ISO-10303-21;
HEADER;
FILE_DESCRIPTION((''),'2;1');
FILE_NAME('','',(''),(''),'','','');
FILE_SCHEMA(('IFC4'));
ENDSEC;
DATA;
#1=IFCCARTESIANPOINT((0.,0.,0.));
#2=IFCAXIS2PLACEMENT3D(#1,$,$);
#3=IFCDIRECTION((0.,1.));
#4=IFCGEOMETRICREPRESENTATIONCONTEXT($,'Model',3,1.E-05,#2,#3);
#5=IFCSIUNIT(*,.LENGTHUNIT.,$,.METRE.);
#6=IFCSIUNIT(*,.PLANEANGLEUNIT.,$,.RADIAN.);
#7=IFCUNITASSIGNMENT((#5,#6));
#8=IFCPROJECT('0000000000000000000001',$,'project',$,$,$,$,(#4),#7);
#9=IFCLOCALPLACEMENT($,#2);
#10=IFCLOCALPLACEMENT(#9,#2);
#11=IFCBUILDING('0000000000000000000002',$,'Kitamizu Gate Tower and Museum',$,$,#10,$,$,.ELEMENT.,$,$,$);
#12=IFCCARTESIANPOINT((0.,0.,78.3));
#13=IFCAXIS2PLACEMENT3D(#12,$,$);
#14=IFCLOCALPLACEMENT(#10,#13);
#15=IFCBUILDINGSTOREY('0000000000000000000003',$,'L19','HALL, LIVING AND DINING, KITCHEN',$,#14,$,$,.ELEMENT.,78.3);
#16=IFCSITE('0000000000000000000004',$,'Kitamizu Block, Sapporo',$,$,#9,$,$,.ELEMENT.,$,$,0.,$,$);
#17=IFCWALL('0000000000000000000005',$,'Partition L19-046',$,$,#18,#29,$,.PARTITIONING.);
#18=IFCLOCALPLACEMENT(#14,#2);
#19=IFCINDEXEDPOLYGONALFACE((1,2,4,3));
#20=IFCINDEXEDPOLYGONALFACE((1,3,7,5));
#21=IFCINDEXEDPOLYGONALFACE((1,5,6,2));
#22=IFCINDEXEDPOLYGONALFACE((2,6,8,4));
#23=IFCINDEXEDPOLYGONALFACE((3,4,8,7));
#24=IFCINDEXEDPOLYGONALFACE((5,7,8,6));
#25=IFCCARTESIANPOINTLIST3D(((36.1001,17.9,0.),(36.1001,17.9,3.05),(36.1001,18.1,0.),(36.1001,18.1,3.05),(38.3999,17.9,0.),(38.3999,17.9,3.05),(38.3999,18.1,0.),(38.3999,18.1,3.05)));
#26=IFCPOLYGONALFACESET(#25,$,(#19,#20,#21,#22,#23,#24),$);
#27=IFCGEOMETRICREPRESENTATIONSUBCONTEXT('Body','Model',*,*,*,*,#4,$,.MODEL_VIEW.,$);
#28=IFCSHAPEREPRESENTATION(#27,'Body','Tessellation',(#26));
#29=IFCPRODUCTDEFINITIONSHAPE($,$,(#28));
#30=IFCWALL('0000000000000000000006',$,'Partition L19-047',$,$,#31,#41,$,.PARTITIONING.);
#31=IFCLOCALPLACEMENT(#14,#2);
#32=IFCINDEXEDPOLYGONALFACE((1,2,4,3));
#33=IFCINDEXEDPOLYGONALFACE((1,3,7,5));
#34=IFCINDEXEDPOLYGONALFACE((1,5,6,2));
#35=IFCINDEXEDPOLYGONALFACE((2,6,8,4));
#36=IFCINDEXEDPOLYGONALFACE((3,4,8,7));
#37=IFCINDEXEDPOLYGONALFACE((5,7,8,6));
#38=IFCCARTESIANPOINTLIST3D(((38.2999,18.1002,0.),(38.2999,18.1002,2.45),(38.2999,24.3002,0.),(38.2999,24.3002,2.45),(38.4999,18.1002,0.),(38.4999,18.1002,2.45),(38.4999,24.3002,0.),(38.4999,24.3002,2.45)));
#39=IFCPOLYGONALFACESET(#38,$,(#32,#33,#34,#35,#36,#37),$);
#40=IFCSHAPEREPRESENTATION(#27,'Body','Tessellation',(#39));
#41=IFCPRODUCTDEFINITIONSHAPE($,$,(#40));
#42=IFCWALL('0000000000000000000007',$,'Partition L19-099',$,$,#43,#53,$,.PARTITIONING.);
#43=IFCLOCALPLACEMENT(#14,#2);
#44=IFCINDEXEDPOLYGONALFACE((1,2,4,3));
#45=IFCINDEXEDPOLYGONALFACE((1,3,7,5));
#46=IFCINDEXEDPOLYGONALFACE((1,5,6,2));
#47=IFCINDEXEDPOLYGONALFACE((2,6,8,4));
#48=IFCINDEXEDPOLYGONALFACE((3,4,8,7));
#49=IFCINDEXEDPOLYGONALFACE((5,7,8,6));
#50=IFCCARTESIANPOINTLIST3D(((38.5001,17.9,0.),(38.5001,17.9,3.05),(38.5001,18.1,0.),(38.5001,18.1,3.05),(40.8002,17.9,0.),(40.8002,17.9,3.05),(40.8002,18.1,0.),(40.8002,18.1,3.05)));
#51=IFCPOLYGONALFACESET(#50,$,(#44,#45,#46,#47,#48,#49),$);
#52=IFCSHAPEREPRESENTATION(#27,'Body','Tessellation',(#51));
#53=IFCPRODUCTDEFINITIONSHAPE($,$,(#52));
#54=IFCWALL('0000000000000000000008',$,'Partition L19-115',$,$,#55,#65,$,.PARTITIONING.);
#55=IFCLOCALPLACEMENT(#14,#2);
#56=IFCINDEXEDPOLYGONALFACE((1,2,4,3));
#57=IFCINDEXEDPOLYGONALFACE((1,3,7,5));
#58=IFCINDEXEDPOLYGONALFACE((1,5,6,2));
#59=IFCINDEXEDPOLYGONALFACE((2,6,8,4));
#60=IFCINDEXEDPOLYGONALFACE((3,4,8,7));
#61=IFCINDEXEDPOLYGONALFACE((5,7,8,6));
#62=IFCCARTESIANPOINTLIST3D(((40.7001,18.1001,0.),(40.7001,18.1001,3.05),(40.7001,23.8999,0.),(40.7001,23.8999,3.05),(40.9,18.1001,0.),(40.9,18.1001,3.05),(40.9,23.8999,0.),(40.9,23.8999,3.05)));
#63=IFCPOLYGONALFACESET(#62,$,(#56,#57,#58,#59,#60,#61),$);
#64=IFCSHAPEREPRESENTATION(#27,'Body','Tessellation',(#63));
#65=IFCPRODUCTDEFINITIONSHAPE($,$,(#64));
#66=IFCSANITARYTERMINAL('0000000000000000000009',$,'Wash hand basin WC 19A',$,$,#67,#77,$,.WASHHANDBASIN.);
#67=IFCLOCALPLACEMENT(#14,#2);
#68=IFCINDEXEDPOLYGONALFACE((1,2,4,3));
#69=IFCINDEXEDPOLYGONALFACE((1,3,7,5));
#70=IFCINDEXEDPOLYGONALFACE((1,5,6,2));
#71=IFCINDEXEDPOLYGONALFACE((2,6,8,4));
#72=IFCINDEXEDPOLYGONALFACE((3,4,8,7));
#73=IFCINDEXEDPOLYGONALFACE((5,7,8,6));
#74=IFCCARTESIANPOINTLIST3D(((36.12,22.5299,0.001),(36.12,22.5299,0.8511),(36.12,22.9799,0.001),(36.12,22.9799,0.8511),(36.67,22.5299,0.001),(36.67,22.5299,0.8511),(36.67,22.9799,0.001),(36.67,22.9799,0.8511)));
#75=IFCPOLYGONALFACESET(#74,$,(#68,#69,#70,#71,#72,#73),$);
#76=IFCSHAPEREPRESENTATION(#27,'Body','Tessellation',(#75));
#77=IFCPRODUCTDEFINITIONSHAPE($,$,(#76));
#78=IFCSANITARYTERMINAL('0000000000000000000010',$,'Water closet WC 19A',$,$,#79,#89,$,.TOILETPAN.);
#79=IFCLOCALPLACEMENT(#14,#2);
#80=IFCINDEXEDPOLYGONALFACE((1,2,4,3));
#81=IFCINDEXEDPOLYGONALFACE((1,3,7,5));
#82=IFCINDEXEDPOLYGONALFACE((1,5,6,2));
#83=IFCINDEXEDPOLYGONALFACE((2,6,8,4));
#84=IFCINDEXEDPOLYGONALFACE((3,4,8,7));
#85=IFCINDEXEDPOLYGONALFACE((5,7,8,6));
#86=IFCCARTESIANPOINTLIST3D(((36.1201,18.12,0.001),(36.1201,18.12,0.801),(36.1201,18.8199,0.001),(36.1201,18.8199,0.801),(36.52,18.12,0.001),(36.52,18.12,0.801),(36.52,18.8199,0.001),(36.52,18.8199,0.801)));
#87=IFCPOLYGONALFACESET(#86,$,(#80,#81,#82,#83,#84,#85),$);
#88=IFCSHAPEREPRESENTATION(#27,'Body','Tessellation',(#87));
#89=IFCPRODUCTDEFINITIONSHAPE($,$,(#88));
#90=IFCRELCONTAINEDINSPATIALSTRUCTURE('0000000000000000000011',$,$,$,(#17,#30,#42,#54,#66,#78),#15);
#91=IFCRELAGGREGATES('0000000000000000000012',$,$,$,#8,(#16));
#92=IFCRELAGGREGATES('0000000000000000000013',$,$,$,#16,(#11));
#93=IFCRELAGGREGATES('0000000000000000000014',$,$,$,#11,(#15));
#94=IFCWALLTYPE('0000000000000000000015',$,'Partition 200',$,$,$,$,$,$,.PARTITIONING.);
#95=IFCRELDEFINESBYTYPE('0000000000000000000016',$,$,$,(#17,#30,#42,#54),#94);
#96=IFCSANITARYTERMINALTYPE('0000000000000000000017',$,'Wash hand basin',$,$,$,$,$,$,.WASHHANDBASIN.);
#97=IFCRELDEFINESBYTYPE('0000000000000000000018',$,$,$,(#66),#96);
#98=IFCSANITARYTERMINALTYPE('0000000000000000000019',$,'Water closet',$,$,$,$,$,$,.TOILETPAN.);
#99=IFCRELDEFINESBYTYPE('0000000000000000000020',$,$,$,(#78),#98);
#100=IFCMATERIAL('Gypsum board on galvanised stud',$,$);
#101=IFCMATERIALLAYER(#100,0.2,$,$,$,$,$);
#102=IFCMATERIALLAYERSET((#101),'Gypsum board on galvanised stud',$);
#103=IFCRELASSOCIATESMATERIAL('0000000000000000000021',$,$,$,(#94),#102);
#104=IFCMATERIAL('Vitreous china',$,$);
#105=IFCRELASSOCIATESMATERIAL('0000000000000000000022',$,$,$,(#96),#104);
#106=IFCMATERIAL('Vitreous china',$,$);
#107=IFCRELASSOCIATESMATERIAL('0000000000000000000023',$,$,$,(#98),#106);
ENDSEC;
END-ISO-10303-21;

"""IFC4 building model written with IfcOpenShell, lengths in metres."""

from ifc_helpers import new_model, si_unit, direction, frame, frame_2d, origin, origin_2d, place, context, subcontext, project, spatial, rectangle, extrude, material, layer, layer_set, type_object, element, save


model = new_model("IFC4")

# Units and contexts
model_context = context("Model", 3, precision=1e-05, world=origin(), true_north=direction((0.0, 1.0)))
body_context = subcontext(model_context, "Body", "Model", "MODEL_VIEW")
ifc_project = project(units=[si_unit("LENGTHUNIT", "METRE"), si_unit("PLANEANGLEUNIT", "RADIAN")], contexts=[model_context])

# Site, building, storey
site_placement = place(None, origin())
site = spatial("IfcSite", under=ifc_project, at=site_placement, Name="Kitamizu Block, Sapporo", CompositionType="ELEMENT", RefElevation=0.0)
building_placement = place(site_placement, origin())
building = spatial("IfcBuilding", under=site, at=building_placement, Name="Kitamizu Gate Tower and Museum", CompositionType="ELEMENT")
storey_placement = place(building_placement, frame((0.0, 0.0, 78.3)))
storey = spatial("IfcBuildingStorey", under=building, at=storey_placement, Name="L19", Description="HALL, LIVING AND DINING, KITCHEN", CompositionType="ELEMENT", Elevation=78.3)

# Walls
ifc_material_1 = material(Name="Gypsum board on galvanised stud")
ifc_layer_1 = layer(ifc_material_1, 0.2)
ifc_layer_set_1 = layer_set([ifc_layer_1], Name="Gypsum board on galvanised stud")
wall_type_1 = type_object("IfcWallType", Name="Partition 200", PredefinedType="PARTITIONING", material=ifc_layer_set_1)
wall_1_placement = place(storey_placement, frame((36.1001, 18.0, 0.0), z_axis=(0.0, 0.0, 1.0), x_axis=(1.0, 0.0, 0.0)))
element("IfcWall", 1, at=wall_1_placement, inside=storey, type_object=wall_type_1, Name="Partition L19-046", PredefinedType="PARTITIONING", context=body_context, shape_type="SweptSolid", body=[
    extrude(rectangle(XDim=2.2998, YDim=0.2, at=frame_2d((1.1499, 0.0))), origin(), (0.0, 0.0, 1.0), 3.05),
])
wall_2_placement = place(storey_placement, frame((38.3999, 18.1001, 0.0), z_axis=(0.0, 0.0, 1.0), x_axis=(0.0, 1.0, 0.0)))
element("IfcWall", 2, at=wall_2_placement, inside=storey, type_object=wall_type_1, Name="Partition L19-047", PredefinedType="PARTITIONING", context=body_context, shape_type="SweptSolid", body=[
    extrude(rectangle(XDim=6.2, YDim=0.2, at=frame_2d((3.1001, 0.0))), origin(), (0.0, 0.0, 1.0), 2.45),
])
wall_3_placement = place(storey_placement, frame((40.8, 18.0, 0.0), z_axis=(0.0, 0.0, 1.0), x_axis=(-1.0, 0.0, 0.0)))
element("IfcWall", 3, at=wall_3_placement, inside=storey, type_object=wall_type_1, Name="Partition L19-099", PredefinedType="PARTITIONING", context=body_context, shape_type="SweptSolid", body=[
    extrude(rectangle(XDim=2.3, YDim=0.2, at=frame_2d((1.1499, 0.0))), origin(), (0.0, 0.0, 1.0), 3.05),
])
wall_4_placement = place(storey_placement, frame((40.8, 23.8999, 0.0), z_axis=(0.0, 0.0, 1.0), x_axis=(0.0, -1.0, 0.0)))
element("IfcWall", 4, at=wall_4_placement, inside=storey, type_object=wall_type_1, Name="Partition L19-115", PredefinedType="PARTITIONING", context=body_context, shape_type="SweptSolid", body=[
    extrude(rectangle(XDim=5.7998, YDim=0.2, at=frame_2d((2.8999, 0.0))), origin(), (0.0, 0.0, 1.0), 3.05),
])

# Sanitary terminals
ifc_material_2 = material(Name="Vitreous china")
sanitary_terminal_type_1 = type_object("IfcSanitaryTerminalType", Name="Wash hand basin", PredefinedType="WASHHANDBASIN", material=ifc_material_2)
sanitary_terminal_1_placement = place(storey_placement, frame((36.395, 22.7549, 0.001), z_axis=(0.0, 0.0, 1.0), x_axis=(1.0, 0.0, 0.0)))
element("IfcSanitaryTerminal", 5, at=sanitary_terminal_1_placement, inside=storey, type_object=sanitary_terminal_type_1, Name="Wash hand basin WC 19A", PredefinedType="WASHHANDBASIN", context=body_context, shape_type="SweptSolid", body=[
    extrude(rectangle(XDim=0.55, YDim=0.45, at=origin_2d()), origin(), (0.0, 0.0, 1.0), 0.8501),
])
ifc_material_3 = material(Name="Vitreous china")
sanitary_terminal_type_2 = type_object("IfcSanitaryTerminalType", Name="Water closet", PredefinedType="TOILETPAN", material=ifc_material_3)
sanitary_terminal_2_placement = place(storey_placement, frame((36.3201, 18.47, 0.001), z_axis=(0.0, 0.0, 1.0), x_axis=(1.0, 0.0, 0.0)))
element("IfcSanitaryTerminal", 6, at=sanitary_terminal_2_placement, inside=storey, type_object=sanitary_terminal_type_2, Name="Water closet WC 19A", PredefinedType="TOILETPAN", context=body_context, shape_type="SweptSolid", body=[
    extrude(rectangle(XDim=0.3999, YDim=0.7, at=origin_2d()), origin(), (0.0, 0.0, 1.0), 0.8),
])

save(model, "model.ifc")
